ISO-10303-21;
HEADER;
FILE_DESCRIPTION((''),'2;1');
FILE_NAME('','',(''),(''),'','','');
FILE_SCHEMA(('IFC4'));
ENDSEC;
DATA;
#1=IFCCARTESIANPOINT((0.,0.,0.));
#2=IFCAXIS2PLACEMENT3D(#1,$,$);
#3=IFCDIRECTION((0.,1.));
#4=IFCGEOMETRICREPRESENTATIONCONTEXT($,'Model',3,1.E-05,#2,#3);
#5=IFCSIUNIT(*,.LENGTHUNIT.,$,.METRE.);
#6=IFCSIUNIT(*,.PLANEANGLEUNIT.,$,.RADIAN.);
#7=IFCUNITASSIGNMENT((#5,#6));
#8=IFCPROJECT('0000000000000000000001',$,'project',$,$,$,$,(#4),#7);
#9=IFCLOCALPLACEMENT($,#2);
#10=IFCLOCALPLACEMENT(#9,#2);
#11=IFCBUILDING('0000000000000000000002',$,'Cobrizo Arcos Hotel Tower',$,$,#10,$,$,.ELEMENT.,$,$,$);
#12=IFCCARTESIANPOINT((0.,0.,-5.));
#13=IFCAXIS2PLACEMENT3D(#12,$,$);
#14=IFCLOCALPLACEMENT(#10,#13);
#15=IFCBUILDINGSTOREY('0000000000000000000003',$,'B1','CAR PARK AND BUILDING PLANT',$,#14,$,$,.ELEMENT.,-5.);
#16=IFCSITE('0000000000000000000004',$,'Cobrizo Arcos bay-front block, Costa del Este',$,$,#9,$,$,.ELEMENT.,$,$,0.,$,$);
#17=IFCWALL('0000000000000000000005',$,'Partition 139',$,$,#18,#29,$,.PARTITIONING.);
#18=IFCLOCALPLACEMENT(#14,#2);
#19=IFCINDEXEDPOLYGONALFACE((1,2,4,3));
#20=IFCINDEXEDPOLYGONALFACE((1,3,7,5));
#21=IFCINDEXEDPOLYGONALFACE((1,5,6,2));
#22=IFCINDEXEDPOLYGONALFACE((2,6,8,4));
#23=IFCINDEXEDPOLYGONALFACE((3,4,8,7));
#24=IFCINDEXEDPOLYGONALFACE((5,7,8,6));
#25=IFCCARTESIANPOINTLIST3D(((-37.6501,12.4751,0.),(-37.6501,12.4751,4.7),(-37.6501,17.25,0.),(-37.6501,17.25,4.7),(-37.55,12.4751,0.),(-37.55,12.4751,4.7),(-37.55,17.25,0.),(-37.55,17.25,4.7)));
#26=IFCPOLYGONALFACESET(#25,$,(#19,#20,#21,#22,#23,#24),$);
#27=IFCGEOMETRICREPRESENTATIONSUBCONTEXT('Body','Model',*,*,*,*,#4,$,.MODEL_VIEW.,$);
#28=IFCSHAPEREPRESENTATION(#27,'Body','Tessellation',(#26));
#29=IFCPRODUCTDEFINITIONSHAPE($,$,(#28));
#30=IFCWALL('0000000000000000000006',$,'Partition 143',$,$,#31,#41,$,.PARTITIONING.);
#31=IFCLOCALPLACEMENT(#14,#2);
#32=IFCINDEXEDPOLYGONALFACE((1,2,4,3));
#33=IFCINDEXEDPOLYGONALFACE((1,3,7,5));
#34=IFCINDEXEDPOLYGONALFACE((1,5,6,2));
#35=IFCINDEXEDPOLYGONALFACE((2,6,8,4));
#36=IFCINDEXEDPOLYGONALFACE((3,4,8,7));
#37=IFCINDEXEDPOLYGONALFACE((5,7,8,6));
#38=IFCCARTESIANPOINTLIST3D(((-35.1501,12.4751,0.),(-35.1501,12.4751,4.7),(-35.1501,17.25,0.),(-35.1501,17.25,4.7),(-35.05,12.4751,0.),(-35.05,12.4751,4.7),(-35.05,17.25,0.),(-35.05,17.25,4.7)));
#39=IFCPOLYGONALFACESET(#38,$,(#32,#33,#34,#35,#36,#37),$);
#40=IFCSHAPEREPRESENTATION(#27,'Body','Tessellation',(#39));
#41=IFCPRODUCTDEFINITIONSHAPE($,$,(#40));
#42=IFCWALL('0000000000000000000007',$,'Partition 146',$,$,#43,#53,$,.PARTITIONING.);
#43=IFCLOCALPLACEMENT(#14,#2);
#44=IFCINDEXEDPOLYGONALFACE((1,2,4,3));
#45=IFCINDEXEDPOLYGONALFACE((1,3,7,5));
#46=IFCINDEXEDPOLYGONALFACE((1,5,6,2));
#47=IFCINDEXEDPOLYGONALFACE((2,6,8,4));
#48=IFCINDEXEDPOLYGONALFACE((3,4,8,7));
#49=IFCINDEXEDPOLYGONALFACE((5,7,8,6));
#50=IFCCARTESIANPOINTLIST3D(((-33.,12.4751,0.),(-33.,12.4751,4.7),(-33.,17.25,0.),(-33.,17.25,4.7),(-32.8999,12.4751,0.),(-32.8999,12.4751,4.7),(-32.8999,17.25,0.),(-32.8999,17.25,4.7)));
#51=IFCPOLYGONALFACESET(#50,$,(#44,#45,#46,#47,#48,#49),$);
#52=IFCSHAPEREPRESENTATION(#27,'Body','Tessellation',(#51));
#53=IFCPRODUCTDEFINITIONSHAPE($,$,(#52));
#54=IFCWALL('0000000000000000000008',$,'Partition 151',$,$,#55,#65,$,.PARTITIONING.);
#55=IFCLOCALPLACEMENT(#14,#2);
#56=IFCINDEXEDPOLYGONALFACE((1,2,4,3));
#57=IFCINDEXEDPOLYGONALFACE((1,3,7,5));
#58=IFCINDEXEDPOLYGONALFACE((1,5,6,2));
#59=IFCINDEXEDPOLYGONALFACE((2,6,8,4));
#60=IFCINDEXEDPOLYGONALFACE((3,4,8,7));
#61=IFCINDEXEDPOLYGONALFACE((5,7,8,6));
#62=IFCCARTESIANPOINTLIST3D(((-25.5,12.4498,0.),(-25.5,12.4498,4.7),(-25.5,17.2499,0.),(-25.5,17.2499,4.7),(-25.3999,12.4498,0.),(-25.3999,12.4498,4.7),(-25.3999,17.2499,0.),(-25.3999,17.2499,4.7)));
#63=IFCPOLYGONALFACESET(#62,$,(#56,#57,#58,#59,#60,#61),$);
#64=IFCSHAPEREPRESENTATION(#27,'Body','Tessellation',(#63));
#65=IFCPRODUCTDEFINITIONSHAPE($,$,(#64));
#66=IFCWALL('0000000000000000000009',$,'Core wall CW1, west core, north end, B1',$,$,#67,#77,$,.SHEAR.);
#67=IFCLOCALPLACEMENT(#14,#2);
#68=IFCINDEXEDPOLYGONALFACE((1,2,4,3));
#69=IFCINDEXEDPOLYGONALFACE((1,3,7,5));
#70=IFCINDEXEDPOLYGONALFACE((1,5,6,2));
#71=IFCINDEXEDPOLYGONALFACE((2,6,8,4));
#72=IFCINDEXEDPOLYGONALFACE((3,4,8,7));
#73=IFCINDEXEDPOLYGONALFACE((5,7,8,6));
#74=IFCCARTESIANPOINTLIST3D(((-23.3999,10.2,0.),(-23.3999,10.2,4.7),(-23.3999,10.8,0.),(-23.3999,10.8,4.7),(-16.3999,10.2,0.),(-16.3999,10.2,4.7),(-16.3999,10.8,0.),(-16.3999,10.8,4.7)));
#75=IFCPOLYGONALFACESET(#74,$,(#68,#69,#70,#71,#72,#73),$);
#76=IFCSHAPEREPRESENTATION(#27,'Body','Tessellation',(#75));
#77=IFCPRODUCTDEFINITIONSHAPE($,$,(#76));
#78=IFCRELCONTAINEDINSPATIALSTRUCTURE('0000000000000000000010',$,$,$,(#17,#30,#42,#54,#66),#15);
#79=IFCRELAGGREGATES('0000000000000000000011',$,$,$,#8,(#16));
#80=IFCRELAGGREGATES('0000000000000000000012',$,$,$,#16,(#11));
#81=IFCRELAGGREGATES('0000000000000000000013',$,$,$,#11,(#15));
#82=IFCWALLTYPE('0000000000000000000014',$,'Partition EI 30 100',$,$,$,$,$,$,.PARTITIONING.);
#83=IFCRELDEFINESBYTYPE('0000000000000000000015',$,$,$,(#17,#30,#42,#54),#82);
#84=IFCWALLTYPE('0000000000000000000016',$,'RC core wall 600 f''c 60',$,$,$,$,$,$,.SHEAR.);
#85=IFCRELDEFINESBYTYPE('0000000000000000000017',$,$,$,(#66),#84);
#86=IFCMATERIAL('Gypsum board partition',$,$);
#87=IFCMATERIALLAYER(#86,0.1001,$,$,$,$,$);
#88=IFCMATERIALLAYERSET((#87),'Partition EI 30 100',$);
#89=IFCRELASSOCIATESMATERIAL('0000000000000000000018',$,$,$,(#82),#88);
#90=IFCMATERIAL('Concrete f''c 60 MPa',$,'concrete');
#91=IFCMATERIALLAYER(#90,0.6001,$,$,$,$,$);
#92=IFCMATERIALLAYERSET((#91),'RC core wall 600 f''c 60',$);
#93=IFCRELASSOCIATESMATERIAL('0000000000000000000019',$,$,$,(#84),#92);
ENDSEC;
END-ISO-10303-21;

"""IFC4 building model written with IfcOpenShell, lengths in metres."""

from ifc_helpers import new_model, si_unit, direction, frame, frame_2d, origin, place, context, subcontext, project, spatial, rectangle, extrude, material, layer, layer_set, type_object, element, save


model = new_model("IFC4")

# Units and contexts
model_context = context("Model", 3, precision=1e-05, world=origin(), true_north=direction((0.0, 1.0)))
body_context = subcontext(model_context, "Body", "Model", "MODEL_VIEW")
ifc_project = project(units=[si_unit("LENGTHUNIT", "METRE"), si_unit("PLANEANGLEUNIT", "RADIAN")], contexts=[model_context])

# Site, building, storey
site_placement = place(None, origin())
site = spatial("IfcSite", under=ifc_project, at=site_placement, Name="Cobrizo Arcos bay-front block, Costa del Este", CompositionType="ELEMENT", RefElevation=0.0)
building_placement = place(site_placement, origin())
building = spatial("IfcBuilding", under=site, at=building_placement, Name="Cobrizo Arcos Hotel Tower", CompositionType="ELEMENT")
storey_placement = place(building_placement, frame((0.0, 0.0, -5.0)))
storey = spatial("IfcBuildingStorey", under=building, at=storey_placement, Name="B1", Description="CAR PARK AND BUILDING PLANT", CompositionType="ELEMENT", Elevation=-5.0)

# Shared definitions
ifc_material_1 = material(Name="Gypsum board partition")

# Shared definitions
ifc_layer_1 = layer(ifc_material_1, 0.1001)
ifc_layer_set_1 = layer_set([ifc_layer_1], Name="Partition EI 30 100")
wall_type_1 = type_object("IfcWallType", Name="Partition EI 30 100", PredefinedType="PARTITIONING", material=ifc_layer_set_1)

# Walls
for number, where, z_axis, x_axis, name in (
    (1, (-37.6001, 12.4751, 0.0), (0.0, 0.0, 1.0), (0.0, 1.0, 0.0), "Partition 139"),
    (2, (-35.1001, 12.4751, 0.0), (0.0, 0.0, 1.0), (0.0, 1.0, 0.0), "Partition 143"),
    (3, (-32.95, 12.4751, 0.0), (0.0, 0.0, 1.0), (0.0, 1.0, 0.0), "Partition 146"),
):
    element("IfcWall", number, at=place(storey_placement, frame(where, z_axis=z_axis, x_axis=x_axis)), inside=storey, type_object=wall_type_1, Name=name, PredefinedType="PARTITIONING", context=body_context, shape_type="SweptSolid", body=[
        extrude(rectangle(XDim=4.7749, YDim=0.1001, at=frame_2d((2.3875, 0.0))), origin(), (0.0, 0.0, 1.0), 4.7),
    ])
wall_1_placement = place(storey_placement, frame((-25.45, 12.45, 0.0), z_axis=(0.0, 0.0, 1.0), x_axis=(0.0, 1.0, 0.0)))
element("IfcWall", 4, at=wall_1_placement, inside=storey, type_object=wall_type_1, Name="Partition 151", PredefinedType="PARTITIONING", context=body_context, shape_type="SweptSolid", body=[
    extrude(rectangle(XDim=4.8, YDim=0.1001, at=frame_2d((2.3999, 0.0))), origin(), (0.0, 0.0, 1.0), 4.7),
])
ifc_material_2 = material(Name="Concrete f'c 60 MPa", Category="concrete")
ifc_layer_2 = layer(ifc_material_2, 0.6001)
ifc_layer_set_2 = layer_set([ifc_layer_2], Name="RC core wall 600 f'c 60")
wall_type_2 = type_object("IfcWallType", Name="RC core wall 600 f'c 60", PredefinedType="SHEAR", material=ifc_layer_set_2)
wall_2_placement = place(storey_placement, frame((-23.3999, 10.5, 0.0), z_axis=(0.0, 0.0, 1.0), x_axis=(1.0, 0.0, 0.0)))
element("IfcWall", 5, at=wall_2_placement, inside=storey, type_object=wall_type_2, Name="Core wall CW1, west core, north end, B1", PredefinedType="SHEAR", context=body_context, shape_type="SweptSolid", body=[
    extrude(rectangle(XDim=7.0, YDim=0.6001, at=frame_2d((3.5, 0.0))), origin(), (0.0, 0.0, 1.0), 4.7),
])

save(model, "model.ifc")
